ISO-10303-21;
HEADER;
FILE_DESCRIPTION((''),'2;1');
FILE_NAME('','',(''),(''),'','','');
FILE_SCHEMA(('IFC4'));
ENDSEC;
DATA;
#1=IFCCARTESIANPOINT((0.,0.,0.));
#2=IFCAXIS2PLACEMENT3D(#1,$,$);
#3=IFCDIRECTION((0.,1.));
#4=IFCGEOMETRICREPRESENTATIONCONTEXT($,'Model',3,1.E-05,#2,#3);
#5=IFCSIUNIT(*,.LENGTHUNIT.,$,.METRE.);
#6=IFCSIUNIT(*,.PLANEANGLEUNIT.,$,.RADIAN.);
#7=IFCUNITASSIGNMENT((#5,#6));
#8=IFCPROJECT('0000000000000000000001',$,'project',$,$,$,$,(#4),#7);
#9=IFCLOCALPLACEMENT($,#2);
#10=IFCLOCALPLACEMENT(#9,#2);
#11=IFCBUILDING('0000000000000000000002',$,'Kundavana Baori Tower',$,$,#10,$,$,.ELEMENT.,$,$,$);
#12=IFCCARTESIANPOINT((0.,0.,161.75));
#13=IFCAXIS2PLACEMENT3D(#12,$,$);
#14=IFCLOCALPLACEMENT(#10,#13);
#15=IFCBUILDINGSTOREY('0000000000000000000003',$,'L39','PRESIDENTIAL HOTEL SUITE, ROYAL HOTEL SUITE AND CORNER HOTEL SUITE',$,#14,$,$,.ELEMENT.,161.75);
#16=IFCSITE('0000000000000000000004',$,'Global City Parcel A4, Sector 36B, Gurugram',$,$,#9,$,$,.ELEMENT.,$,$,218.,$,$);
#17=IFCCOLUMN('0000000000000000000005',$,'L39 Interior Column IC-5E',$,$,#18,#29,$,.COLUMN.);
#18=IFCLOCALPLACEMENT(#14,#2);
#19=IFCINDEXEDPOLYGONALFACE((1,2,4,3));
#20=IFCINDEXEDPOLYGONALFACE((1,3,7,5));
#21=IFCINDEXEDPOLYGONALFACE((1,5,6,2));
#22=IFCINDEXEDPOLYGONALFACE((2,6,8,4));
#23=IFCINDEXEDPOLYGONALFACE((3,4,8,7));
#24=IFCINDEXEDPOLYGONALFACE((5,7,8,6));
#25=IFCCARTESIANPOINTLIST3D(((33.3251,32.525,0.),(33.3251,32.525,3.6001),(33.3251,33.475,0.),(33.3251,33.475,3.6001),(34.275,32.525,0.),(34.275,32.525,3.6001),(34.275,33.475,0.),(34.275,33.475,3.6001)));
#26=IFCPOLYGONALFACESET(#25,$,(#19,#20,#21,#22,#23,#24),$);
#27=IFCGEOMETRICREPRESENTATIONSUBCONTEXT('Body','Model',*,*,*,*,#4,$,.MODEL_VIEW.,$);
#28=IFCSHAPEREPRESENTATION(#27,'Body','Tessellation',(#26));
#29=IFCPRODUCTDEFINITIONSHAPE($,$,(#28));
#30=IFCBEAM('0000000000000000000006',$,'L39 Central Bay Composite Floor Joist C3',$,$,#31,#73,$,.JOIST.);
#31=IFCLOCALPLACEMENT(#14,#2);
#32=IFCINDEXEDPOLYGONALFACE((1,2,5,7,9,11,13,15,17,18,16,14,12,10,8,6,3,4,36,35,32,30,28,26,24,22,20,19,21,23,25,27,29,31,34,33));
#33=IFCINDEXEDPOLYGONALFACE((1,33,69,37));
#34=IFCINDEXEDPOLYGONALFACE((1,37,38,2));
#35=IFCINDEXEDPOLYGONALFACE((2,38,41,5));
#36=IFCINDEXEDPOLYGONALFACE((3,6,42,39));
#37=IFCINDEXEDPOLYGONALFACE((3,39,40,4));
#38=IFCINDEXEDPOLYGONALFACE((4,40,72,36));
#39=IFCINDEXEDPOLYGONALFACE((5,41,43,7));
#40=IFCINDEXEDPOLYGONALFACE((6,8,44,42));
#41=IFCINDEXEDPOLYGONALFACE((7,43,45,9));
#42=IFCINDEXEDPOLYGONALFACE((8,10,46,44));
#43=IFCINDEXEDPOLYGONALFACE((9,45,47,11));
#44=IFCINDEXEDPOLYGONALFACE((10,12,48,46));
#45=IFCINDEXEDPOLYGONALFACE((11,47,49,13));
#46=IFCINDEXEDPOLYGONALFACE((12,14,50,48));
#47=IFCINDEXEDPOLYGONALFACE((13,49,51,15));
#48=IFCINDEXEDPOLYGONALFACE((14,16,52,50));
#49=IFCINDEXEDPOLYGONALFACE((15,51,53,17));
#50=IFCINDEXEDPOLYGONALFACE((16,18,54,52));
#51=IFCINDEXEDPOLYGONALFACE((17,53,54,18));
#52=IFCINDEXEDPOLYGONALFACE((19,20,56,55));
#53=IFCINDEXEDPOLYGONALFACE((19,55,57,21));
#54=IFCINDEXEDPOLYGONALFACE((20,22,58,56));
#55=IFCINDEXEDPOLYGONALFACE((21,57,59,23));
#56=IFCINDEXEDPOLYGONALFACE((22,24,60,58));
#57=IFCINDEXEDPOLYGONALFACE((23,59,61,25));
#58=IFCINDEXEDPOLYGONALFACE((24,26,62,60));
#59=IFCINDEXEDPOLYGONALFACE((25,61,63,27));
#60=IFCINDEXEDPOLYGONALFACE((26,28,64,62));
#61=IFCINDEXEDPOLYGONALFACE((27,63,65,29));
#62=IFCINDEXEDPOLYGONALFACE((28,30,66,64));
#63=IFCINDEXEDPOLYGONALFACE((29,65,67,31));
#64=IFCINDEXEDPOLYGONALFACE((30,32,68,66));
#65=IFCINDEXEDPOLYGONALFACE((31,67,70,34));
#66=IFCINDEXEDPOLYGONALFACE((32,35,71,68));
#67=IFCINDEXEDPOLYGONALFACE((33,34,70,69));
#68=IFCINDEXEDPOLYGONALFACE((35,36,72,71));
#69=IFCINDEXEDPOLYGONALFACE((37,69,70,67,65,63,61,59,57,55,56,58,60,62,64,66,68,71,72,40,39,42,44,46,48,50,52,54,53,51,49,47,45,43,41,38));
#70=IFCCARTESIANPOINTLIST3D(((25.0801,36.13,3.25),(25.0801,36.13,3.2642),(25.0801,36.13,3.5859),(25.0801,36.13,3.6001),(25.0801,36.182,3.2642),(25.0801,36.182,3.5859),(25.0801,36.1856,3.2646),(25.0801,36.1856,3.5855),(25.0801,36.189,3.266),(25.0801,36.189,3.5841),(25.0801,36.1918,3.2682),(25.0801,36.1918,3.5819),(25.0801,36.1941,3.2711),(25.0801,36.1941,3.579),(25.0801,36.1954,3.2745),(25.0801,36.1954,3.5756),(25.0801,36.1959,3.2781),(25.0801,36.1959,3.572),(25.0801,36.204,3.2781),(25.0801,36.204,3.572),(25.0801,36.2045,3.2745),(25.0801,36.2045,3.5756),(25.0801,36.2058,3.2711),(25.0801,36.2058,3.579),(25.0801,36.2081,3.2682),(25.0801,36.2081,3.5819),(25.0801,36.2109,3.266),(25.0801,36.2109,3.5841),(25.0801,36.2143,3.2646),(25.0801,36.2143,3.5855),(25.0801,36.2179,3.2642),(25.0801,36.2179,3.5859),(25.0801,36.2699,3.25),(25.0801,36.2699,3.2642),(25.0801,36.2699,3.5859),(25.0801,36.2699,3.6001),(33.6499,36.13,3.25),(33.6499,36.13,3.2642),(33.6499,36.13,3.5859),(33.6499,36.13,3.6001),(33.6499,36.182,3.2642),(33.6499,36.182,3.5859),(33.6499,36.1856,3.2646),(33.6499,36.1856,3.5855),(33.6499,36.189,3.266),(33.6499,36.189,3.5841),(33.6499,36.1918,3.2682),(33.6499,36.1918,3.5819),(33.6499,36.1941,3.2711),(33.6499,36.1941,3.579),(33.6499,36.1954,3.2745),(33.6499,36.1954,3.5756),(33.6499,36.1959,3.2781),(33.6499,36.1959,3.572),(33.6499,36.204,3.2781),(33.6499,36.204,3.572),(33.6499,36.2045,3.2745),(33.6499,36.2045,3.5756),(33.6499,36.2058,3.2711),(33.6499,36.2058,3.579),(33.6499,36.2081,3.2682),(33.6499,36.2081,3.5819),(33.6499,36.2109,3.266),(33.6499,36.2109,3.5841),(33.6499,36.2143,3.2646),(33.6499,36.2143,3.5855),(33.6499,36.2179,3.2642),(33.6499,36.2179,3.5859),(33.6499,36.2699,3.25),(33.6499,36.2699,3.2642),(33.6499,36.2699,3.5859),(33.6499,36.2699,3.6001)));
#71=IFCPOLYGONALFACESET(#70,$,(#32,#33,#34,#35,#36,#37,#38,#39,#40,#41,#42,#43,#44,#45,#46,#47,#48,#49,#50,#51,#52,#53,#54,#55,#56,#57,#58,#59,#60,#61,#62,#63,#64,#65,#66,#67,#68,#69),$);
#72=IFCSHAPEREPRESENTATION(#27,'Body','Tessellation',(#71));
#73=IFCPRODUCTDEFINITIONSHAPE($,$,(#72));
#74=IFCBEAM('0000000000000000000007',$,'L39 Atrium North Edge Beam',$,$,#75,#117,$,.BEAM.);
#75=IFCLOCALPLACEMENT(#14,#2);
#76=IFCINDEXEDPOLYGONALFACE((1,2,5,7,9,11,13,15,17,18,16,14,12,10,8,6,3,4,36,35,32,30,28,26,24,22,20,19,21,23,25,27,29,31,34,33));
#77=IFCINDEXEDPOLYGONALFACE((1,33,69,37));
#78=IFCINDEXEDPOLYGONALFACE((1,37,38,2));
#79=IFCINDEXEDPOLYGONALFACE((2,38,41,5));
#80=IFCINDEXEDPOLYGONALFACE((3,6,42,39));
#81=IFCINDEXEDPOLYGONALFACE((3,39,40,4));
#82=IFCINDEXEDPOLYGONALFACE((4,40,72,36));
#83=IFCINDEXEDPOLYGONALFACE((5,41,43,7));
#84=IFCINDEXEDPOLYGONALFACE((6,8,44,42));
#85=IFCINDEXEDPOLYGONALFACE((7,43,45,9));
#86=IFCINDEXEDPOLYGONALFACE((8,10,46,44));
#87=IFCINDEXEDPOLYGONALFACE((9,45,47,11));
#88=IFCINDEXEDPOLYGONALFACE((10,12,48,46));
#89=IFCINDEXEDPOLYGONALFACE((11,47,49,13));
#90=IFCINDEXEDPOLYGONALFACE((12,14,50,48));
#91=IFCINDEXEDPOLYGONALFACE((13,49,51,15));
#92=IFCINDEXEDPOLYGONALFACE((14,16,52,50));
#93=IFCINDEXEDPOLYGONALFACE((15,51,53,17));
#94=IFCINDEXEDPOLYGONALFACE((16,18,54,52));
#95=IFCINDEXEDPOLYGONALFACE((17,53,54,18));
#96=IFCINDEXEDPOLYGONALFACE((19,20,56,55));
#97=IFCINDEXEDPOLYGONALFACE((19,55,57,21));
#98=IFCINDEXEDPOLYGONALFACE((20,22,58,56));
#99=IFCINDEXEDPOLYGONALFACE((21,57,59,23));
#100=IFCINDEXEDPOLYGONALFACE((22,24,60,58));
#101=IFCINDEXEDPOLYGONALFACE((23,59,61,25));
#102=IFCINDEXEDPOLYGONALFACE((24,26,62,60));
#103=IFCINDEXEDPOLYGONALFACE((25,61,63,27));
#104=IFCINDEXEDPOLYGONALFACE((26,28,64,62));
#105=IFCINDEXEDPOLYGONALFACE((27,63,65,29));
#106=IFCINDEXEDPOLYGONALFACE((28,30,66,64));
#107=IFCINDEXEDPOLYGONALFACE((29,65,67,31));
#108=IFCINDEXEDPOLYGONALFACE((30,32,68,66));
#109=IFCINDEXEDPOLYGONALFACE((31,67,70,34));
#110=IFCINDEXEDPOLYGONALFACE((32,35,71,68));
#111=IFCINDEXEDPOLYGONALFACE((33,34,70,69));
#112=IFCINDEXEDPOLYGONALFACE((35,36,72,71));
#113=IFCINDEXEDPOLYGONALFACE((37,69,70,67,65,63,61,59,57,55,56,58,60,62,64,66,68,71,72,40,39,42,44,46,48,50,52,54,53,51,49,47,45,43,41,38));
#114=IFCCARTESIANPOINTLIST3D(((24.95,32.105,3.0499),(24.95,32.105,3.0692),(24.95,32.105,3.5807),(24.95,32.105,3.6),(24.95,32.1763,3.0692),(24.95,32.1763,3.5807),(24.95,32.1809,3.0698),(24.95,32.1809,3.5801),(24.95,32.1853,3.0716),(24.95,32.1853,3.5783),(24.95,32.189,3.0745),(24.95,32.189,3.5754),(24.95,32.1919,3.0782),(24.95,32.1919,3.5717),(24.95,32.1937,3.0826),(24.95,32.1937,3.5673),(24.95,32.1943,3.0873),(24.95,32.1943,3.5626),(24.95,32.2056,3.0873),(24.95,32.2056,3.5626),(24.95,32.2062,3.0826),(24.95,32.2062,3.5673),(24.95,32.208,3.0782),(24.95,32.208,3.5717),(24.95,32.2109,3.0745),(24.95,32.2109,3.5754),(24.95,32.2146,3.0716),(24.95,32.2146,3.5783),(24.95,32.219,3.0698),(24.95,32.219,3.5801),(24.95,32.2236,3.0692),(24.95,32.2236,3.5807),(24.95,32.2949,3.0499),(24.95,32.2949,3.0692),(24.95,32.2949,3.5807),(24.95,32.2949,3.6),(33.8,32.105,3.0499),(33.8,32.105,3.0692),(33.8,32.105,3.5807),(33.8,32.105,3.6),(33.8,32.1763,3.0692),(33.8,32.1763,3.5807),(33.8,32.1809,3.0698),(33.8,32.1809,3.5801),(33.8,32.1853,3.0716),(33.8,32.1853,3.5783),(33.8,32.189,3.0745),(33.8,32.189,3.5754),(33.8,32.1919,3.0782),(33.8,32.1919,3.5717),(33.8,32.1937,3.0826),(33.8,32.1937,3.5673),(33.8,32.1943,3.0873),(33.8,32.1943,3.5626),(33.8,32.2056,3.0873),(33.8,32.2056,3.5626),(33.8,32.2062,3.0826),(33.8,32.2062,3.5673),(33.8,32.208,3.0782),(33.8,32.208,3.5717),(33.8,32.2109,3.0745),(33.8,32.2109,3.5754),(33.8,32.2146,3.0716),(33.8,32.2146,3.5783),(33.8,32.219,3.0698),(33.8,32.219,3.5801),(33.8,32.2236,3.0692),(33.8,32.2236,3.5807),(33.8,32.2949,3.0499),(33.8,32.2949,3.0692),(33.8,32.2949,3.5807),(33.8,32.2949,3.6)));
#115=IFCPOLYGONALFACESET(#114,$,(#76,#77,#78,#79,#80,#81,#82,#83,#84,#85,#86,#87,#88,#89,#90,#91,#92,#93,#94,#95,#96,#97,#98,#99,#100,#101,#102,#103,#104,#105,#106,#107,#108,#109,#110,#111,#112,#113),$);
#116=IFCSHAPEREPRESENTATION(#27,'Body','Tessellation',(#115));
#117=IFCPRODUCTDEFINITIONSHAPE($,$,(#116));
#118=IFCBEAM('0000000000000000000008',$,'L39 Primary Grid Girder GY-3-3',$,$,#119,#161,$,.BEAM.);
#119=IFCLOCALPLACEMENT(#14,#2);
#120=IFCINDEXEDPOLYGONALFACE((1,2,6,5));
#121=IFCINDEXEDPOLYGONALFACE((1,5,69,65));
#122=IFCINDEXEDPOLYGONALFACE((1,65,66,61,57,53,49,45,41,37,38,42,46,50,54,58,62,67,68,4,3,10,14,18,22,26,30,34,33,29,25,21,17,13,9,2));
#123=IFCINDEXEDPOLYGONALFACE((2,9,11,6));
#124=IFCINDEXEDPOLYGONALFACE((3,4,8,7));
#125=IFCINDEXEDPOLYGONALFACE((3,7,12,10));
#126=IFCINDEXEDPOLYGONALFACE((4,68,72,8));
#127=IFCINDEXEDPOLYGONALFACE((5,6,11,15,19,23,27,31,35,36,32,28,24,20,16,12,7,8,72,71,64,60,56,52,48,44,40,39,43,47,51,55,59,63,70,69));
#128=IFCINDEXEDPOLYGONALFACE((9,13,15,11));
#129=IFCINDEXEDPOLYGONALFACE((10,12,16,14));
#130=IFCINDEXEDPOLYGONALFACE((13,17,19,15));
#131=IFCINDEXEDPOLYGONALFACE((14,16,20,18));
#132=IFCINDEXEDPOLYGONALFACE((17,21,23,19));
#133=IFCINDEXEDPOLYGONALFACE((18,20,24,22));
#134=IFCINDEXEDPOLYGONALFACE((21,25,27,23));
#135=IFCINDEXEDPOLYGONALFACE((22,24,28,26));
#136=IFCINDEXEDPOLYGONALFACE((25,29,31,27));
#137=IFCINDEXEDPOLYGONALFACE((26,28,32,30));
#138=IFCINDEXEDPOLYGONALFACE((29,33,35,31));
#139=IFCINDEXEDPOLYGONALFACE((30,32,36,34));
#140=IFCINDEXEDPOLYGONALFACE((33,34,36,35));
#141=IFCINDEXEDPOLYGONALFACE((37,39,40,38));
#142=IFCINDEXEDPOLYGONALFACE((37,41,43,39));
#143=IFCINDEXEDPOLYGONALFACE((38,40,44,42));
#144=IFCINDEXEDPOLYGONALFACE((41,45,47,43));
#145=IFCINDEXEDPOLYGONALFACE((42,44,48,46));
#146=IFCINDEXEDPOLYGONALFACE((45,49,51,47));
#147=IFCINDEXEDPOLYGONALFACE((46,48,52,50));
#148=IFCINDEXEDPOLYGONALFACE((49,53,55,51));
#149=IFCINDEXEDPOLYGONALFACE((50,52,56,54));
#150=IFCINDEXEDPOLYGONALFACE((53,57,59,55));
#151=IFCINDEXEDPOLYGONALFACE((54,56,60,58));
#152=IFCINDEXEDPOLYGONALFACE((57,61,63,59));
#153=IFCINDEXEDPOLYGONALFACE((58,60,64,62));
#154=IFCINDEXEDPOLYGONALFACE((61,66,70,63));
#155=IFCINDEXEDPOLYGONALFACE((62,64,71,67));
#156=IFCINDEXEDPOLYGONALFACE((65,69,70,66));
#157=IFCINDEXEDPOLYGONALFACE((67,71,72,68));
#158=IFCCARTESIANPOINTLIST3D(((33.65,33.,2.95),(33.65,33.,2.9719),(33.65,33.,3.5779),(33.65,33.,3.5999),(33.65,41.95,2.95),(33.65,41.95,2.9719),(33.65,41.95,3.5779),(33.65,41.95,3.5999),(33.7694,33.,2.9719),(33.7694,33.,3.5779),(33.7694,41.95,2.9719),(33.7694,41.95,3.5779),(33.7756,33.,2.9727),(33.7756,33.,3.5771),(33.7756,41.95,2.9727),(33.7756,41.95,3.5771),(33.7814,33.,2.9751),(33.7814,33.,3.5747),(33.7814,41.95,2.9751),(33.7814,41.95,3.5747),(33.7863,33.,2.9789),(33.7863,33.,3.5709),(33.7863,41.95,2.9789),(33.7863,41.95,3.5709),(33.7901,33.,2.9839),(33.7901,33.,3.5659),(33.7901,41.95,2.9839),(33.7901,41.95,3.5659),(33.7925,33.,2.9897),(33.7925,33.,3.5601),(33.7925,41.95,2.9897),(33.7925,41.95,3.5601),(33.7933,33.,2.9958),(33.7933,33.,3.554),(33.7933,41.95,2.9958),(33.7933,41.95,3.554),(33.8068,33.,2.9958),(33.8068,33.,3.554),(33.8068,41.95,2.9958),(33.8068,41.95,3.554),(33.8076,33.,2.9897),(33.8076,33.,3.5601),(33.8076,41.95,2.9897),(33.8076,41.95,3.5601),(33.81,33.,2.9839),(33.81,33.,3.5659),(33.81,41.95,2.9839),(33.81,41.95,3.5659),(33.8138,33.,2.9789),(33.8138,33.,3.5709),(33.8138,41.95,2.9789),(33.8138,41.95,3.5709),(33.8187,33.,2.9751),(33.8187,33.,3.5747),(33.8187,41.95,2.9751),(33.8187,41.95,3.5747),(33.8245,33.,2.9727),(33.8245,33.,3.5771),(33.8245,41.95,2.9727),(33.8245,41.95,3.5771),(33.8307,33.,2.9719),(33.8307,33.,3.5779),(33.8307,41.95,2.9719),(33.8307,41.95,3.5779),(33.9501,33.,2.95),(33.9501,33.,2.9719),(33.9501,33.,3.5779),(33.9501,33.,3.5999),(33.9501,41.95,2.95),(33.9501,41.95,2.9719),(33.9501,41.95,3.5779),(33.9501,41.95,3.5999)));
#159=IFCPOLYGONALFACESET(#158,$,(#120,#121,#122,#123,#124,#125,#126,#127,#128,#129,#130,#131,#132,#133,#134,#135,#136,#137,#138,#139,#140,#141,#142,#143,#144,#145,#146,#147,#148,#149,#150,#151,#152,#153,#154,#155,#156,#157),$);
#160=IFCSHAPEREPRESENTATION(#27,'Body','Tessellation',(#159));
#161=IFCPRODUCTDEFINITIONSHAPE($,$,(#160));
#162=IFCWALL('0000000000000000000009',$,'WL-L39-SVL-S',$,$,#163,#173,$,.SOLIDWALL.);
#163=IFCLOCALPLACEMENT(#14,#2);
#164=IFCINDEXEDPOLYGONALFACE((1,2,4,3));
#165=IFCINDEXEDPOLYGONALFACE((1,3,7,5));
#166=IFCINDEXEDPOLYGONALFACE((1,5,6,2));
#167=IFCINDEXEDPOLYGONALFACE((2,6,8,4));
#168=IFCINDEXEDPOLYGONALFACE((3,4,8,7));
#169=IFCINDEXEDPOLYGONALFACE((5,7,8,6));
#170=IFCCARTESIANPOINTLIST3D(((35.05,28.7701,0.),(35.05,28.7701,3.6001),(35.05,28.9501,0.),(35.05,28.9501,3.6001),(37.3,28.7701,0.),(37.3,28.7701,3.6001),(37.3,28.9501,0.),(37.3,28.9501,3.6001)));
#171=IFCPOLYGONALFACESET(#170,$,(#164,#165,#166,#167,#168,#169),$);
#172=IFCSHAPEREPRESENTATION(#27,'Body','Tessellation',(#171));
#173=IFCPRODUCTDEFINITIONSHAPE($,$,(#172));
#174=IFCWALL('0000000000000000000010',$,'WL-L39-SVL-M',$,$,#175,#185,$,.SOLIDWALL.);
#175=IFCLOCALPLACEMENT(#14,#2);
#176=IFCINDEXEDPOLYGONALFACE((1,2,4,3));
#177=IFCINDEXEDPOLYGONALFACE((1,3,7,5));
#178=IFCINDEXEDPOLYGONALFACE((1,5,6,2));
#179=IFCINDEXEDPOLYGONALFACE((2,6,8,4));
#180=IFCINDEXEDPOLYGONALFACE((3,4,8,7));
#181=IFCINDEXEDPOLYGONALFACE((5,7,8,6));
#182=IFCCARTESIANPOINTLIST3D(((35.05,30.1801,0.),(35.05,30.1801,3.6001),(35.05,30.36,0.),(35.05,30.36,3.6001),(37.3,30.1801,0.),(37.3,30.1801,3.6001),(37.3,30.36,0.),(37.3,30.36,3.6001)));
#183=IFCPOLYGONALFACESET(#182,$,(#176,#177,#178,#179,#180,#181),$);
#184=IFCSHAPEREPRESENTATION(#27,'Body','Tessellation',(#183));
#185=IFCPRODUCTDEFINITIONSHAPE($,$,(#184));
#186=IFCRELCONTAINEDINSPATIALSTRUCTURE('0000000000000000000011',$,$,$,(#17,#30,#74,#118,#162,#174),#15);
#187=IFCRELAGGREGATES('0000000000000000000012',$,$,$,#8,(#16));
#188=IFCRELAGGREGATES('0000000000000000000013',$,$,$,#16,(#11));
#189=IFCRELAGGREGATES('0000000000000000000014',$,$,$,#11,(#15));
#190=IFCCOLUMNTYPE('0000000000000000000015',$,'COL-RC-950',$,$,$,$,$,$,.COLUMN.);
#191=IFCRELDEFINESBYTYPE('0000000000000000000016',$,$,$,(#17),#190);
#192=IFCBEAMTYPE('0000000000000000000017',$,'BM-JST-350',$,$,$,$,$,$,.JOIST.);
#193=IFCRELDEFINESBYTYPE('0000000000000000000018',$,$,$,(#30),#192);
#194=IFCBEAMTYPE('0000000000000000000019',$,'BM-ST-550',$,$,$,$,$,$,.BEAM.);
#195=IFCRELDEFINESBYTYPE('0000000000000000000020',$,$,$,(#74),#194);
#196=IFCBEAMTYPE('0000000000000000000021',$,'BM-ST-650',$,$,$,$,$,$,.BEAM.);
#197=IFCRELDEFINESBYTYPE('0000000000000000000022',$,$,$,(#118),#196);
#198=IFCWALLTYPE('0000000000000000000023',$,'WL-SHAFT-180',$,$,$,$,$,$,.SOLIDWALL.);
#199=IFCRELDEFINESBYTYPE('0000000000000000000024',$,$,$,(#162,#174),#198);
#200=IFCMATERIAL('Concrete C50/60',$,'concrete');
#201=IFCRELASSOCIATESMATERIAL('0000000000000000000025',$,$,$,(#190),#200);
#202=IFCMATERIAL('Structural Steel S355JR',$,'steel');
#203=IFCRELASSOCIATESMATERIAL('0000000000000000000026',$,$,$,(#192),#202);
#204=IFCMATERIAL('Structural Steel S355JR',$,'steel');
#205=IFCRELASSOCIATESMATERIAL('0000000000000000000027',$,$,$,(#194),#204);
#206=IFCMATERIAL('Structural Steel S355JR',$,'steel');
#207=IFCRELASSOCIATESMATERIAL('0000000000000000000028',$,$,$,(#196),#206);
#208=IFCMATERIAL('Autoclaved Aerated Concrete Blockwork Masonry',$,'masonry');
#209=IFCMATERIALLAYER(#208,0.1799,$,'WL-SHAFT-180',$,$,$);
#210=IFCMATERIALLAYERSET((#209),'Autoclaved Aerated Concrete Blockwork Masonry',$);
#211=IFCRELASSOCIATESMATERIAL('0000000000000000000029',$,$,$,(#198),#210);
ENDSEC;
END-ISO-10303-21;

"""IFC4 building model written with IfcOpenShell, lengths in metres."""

from ifc_helpers import new_model, si_unit, direction, frame, frame_2d, origin, origin_2d, place, context, subcontext, project, spatial, rectangle, i_section, extrude, material, layer, layer_set, material_profile, profile_set, type_object, element, save


model = new_model("IFC4")

# Units and contexts
model_context = context("Model", 3, precision=1e-05, world=origin(), true_north=direction((0.0, 1.0)))
body_context = subcontext(model_context, "Body", "Model", "MODEL_VIEW")
ifc_project = project(units=[si_unit("LENGTHUNIT", "METRE"), si_unit("PLANEANGLEUNIT", "RADIAN")], contexts=[model_context])

# Site, building, storey
site_placement = place(None, origin())
site = spatial("IfcSite", under=ifc_project, at=site_placement, Name="Global City Parcel A4, Sector 36B, Gurugram", CompositionType="ELEMENT", RefElevation=218.0)
building_placement = place(site_placement, origin())
building = spatial("IfcBuilding", under=site, at=building_placement, Name="Kundavana Baori Tower", CompositionType="ELEMENT")
storey_placement = place(building_placement, frame((0.0, 0.0, 161.75)))
storey = spatial("IfcBuildingStorey", under=building, at=storey_placement, Name="L39", Description="PRESIDENTIAL HOTEL SUITE, ROYAL HOTEL SUITE AND CORNER HOTEL SUITE", CompositionType="ELEMENT", Elevation=161.75)

# Column
ifc_material_1 = material(Name="Concrete C50/60", Category="concrete")
ifc_material_profile_1 = material_profile(ifc_material_1, rectangle(XDim=0.95, YDim=0.95, at=origin_2d()), Name="RC 950x950")
ifc_profile_set_1 = profile_set([ifc_material_profile_1], Name="Concrete C50/60")
column_type = type_object("IfcColumnType", Name="COL-RC-950", PredefinedType="COLUMN", material=ifc_profile_set_1)
column_placement = place(storey_placement, frame((33.8, 33.0, 0.0), z_axis=(0.0, 0.0, 1.0), x_axis=(1.0, 0.0, 0.0)))
element("IfcColumn", 1, at=column_placement, inside=storey, type_object=column_type, Name="L39 Interior Column IC-5E", PredefinedType="COLUMN", context=body_context, shape_type="SweptSolid", body=[
    extrude(rectangle(XDim=0.95, YDim=0.95, at=origin_2d()), origin(), (0.0, 0.0, 1.0), 3.6001),
])

# Beams
ifc_material_2 = material(Name="Structural Steel S355JR", Category="steel")
ifc_material_profile_2 = material_profile(ifc_material_2, i_section(OverallWidth=0.1399, OverallDepth=0.3501, WebThickness=0.0081, FlangeThickness=0.0142, FilletRadius=0.0139, at=origin_2d()), Name="ISMB 350")
ifc_profile_set_2 = profile_set([ifc_material_profile_2], Name="Structural Steel S355JR")
beam_type_1 = type_object("IfcBeamType", Name="BM-JST-350", PredefinedType="JOIST", material=ifc_profile_set_2)
beam_1_placement = place(storey_placement, frame((25.0801, 36.2, 3.425), z_axis=(1.0, 0.0, 0.0), x_axis=(0.0, 1.0, 0.0)))
element("IfcBeam", 2, at=beam_1_placement, inside=storey, type_object=beam_type_1, Name="L39 Central Bay Composite Floor Joist C3", PredefinedType="JOIST", context=body_context, shape_type="SweptSolid", body=[
    extrude(i_section(OverallWidth=0.1399, OverallDepth=0.3501, WebThickness=0.0081, FlangeThickness=0.0142, FilletRadius=0.0139, at=origin_2d()), origin(), (0.0, 0.0, 1.0), 8.5698),
])
ifc_material_3 = material(Name="Structural Steel S355JR", Category="steel")
ifc_material_profile_3 = material_profile(ifc_material_3, i_section(OverallWidth=0.1899, OverallDepth=0.55, WebThickness=0.0112, FlangeThickness=0.0193, FilletRadius=0.0181, at=origin_2d()), Name="ISMB 550")
ifc_profile_set_3 = profile_set([ifc_material_profile_3], Name="Structural Steel S355JR")
beam_type_2 = type_object("IfcBeamType", Name="BM-ST-550", PredefinedType="BEAM", material=ifc_profile_set_3)
beam_2_placement = place(storey_placement, frame((24.95, 32.2, 3.325), z_axis=(1.0, 0.0, 0.0), x_axis=(0.0, 1.0, 0.0)))
element("IfcBeam", 3, at=beam_2_placement, inside=storey, type_object=beam_type_2, Name="L39 Atrium North Edge Beam", PredefinedType="BEAM", context=body_context, shape_type="SweptSolid", body=[
    extrude(i_section(OverallWidth=0.1899, OverallDepth=0.55, WebThickness=0.0112, FlangeThickness=0.0193, FilletRadius=0.0181, at=origin_2d()), origin(), (0.0, 0.0, 1.0), 8.8501),
])
ifc_material_4 = material(Name="Structural Steel S355JR", Category="steel")
ifc_material_profile_4 = material_profile(ifc_material_4, i_section(OverallWidth=0.3, OverallDepth=0.6499, WebThickness=0.0134, FlangeThickness=0.022, FilletRadius=0.0239, at=origin_2d()), Name="NPB 650x300x155")
ifc_profile_set_4 = profile_set([ifc_material_profile_4], Name="Structural Steel S355JR")
beam_type_3 = type_object("IfcBeamType", Name="BM-ST-650", PredefinedType="BEAM", material=ifc_profile_set_4)
beam_3_placement = place(storey_placement, frame((33.8, 33.0, 3.2749), z_axis=(0.0, 1.0, 0.0), x_axis=(-1.0, 0.0, 0.0)))
element("IfcBeam", 4, at=beam_3_placement, inside=storey, type_object=beam_type_3, Name="L39 Primary Grid Girder GY-3-3", PredefinedType="BEAM", context=body_context, shape_type="SweptSolid", body=[
    extrude(i_section(OverallWidth=0.3, OverallDepth=0.6499, WebThickness=0.0134, FlangeThickness=0.022, FilletRadius=0.0239, at=origin_2d()), origin(), (0.0, 0.0, 1.0), 8.95),
])

# Walls
ifc_material_5 = material(Name="Autoclaved Aerated Concrete Blockwork Masonry", Category="masonry")
ifc_layer_1 = layer(ifc_material_5, 0.1799, Name="WL-SHAFT-180")
ifc_layer_set_1 = layer_set([ifc_layer_1], Name="Autoclaved Aerated Concrete Blockwork Masonry")
wall_type_1 = type_object("IfcWallType", Name="WL-SHAFT-180", PredefinedType="SOLIDWALL", material=ifc_layer_set_1)
for number, where, z_axis, x_axis, name in (
    (5, (35.05, 28.8601, 0.0), (0.0, 0.0, 1.0), (1.0, 0.0, 0.0), "WL-L39-SVL-S"),
    (6, (35.05, 30.27, 0.0), (0.0, 0.0, 1.0), (1.0, 0.0, 0.0), "WL-L39-SVL-M"),
):
    element("IfcWall", number, at=place(storey_placement, frame(where, z_axis=z_axis, x_axis=x_axis)), inside=storey, type_object=wall_type_1, Name=name, PredefinedType="SOLIDWALL", context=body_context, shape_type="SweptSolid", body=[
        extrude(rectangle(XDim=2.25, YDim=0.1799, at=frame_2d((1.125, 0.0))), origin(), (0.0, 0.0, 1.0), 3.6001),
    ])

save(model, "model.ifc")
